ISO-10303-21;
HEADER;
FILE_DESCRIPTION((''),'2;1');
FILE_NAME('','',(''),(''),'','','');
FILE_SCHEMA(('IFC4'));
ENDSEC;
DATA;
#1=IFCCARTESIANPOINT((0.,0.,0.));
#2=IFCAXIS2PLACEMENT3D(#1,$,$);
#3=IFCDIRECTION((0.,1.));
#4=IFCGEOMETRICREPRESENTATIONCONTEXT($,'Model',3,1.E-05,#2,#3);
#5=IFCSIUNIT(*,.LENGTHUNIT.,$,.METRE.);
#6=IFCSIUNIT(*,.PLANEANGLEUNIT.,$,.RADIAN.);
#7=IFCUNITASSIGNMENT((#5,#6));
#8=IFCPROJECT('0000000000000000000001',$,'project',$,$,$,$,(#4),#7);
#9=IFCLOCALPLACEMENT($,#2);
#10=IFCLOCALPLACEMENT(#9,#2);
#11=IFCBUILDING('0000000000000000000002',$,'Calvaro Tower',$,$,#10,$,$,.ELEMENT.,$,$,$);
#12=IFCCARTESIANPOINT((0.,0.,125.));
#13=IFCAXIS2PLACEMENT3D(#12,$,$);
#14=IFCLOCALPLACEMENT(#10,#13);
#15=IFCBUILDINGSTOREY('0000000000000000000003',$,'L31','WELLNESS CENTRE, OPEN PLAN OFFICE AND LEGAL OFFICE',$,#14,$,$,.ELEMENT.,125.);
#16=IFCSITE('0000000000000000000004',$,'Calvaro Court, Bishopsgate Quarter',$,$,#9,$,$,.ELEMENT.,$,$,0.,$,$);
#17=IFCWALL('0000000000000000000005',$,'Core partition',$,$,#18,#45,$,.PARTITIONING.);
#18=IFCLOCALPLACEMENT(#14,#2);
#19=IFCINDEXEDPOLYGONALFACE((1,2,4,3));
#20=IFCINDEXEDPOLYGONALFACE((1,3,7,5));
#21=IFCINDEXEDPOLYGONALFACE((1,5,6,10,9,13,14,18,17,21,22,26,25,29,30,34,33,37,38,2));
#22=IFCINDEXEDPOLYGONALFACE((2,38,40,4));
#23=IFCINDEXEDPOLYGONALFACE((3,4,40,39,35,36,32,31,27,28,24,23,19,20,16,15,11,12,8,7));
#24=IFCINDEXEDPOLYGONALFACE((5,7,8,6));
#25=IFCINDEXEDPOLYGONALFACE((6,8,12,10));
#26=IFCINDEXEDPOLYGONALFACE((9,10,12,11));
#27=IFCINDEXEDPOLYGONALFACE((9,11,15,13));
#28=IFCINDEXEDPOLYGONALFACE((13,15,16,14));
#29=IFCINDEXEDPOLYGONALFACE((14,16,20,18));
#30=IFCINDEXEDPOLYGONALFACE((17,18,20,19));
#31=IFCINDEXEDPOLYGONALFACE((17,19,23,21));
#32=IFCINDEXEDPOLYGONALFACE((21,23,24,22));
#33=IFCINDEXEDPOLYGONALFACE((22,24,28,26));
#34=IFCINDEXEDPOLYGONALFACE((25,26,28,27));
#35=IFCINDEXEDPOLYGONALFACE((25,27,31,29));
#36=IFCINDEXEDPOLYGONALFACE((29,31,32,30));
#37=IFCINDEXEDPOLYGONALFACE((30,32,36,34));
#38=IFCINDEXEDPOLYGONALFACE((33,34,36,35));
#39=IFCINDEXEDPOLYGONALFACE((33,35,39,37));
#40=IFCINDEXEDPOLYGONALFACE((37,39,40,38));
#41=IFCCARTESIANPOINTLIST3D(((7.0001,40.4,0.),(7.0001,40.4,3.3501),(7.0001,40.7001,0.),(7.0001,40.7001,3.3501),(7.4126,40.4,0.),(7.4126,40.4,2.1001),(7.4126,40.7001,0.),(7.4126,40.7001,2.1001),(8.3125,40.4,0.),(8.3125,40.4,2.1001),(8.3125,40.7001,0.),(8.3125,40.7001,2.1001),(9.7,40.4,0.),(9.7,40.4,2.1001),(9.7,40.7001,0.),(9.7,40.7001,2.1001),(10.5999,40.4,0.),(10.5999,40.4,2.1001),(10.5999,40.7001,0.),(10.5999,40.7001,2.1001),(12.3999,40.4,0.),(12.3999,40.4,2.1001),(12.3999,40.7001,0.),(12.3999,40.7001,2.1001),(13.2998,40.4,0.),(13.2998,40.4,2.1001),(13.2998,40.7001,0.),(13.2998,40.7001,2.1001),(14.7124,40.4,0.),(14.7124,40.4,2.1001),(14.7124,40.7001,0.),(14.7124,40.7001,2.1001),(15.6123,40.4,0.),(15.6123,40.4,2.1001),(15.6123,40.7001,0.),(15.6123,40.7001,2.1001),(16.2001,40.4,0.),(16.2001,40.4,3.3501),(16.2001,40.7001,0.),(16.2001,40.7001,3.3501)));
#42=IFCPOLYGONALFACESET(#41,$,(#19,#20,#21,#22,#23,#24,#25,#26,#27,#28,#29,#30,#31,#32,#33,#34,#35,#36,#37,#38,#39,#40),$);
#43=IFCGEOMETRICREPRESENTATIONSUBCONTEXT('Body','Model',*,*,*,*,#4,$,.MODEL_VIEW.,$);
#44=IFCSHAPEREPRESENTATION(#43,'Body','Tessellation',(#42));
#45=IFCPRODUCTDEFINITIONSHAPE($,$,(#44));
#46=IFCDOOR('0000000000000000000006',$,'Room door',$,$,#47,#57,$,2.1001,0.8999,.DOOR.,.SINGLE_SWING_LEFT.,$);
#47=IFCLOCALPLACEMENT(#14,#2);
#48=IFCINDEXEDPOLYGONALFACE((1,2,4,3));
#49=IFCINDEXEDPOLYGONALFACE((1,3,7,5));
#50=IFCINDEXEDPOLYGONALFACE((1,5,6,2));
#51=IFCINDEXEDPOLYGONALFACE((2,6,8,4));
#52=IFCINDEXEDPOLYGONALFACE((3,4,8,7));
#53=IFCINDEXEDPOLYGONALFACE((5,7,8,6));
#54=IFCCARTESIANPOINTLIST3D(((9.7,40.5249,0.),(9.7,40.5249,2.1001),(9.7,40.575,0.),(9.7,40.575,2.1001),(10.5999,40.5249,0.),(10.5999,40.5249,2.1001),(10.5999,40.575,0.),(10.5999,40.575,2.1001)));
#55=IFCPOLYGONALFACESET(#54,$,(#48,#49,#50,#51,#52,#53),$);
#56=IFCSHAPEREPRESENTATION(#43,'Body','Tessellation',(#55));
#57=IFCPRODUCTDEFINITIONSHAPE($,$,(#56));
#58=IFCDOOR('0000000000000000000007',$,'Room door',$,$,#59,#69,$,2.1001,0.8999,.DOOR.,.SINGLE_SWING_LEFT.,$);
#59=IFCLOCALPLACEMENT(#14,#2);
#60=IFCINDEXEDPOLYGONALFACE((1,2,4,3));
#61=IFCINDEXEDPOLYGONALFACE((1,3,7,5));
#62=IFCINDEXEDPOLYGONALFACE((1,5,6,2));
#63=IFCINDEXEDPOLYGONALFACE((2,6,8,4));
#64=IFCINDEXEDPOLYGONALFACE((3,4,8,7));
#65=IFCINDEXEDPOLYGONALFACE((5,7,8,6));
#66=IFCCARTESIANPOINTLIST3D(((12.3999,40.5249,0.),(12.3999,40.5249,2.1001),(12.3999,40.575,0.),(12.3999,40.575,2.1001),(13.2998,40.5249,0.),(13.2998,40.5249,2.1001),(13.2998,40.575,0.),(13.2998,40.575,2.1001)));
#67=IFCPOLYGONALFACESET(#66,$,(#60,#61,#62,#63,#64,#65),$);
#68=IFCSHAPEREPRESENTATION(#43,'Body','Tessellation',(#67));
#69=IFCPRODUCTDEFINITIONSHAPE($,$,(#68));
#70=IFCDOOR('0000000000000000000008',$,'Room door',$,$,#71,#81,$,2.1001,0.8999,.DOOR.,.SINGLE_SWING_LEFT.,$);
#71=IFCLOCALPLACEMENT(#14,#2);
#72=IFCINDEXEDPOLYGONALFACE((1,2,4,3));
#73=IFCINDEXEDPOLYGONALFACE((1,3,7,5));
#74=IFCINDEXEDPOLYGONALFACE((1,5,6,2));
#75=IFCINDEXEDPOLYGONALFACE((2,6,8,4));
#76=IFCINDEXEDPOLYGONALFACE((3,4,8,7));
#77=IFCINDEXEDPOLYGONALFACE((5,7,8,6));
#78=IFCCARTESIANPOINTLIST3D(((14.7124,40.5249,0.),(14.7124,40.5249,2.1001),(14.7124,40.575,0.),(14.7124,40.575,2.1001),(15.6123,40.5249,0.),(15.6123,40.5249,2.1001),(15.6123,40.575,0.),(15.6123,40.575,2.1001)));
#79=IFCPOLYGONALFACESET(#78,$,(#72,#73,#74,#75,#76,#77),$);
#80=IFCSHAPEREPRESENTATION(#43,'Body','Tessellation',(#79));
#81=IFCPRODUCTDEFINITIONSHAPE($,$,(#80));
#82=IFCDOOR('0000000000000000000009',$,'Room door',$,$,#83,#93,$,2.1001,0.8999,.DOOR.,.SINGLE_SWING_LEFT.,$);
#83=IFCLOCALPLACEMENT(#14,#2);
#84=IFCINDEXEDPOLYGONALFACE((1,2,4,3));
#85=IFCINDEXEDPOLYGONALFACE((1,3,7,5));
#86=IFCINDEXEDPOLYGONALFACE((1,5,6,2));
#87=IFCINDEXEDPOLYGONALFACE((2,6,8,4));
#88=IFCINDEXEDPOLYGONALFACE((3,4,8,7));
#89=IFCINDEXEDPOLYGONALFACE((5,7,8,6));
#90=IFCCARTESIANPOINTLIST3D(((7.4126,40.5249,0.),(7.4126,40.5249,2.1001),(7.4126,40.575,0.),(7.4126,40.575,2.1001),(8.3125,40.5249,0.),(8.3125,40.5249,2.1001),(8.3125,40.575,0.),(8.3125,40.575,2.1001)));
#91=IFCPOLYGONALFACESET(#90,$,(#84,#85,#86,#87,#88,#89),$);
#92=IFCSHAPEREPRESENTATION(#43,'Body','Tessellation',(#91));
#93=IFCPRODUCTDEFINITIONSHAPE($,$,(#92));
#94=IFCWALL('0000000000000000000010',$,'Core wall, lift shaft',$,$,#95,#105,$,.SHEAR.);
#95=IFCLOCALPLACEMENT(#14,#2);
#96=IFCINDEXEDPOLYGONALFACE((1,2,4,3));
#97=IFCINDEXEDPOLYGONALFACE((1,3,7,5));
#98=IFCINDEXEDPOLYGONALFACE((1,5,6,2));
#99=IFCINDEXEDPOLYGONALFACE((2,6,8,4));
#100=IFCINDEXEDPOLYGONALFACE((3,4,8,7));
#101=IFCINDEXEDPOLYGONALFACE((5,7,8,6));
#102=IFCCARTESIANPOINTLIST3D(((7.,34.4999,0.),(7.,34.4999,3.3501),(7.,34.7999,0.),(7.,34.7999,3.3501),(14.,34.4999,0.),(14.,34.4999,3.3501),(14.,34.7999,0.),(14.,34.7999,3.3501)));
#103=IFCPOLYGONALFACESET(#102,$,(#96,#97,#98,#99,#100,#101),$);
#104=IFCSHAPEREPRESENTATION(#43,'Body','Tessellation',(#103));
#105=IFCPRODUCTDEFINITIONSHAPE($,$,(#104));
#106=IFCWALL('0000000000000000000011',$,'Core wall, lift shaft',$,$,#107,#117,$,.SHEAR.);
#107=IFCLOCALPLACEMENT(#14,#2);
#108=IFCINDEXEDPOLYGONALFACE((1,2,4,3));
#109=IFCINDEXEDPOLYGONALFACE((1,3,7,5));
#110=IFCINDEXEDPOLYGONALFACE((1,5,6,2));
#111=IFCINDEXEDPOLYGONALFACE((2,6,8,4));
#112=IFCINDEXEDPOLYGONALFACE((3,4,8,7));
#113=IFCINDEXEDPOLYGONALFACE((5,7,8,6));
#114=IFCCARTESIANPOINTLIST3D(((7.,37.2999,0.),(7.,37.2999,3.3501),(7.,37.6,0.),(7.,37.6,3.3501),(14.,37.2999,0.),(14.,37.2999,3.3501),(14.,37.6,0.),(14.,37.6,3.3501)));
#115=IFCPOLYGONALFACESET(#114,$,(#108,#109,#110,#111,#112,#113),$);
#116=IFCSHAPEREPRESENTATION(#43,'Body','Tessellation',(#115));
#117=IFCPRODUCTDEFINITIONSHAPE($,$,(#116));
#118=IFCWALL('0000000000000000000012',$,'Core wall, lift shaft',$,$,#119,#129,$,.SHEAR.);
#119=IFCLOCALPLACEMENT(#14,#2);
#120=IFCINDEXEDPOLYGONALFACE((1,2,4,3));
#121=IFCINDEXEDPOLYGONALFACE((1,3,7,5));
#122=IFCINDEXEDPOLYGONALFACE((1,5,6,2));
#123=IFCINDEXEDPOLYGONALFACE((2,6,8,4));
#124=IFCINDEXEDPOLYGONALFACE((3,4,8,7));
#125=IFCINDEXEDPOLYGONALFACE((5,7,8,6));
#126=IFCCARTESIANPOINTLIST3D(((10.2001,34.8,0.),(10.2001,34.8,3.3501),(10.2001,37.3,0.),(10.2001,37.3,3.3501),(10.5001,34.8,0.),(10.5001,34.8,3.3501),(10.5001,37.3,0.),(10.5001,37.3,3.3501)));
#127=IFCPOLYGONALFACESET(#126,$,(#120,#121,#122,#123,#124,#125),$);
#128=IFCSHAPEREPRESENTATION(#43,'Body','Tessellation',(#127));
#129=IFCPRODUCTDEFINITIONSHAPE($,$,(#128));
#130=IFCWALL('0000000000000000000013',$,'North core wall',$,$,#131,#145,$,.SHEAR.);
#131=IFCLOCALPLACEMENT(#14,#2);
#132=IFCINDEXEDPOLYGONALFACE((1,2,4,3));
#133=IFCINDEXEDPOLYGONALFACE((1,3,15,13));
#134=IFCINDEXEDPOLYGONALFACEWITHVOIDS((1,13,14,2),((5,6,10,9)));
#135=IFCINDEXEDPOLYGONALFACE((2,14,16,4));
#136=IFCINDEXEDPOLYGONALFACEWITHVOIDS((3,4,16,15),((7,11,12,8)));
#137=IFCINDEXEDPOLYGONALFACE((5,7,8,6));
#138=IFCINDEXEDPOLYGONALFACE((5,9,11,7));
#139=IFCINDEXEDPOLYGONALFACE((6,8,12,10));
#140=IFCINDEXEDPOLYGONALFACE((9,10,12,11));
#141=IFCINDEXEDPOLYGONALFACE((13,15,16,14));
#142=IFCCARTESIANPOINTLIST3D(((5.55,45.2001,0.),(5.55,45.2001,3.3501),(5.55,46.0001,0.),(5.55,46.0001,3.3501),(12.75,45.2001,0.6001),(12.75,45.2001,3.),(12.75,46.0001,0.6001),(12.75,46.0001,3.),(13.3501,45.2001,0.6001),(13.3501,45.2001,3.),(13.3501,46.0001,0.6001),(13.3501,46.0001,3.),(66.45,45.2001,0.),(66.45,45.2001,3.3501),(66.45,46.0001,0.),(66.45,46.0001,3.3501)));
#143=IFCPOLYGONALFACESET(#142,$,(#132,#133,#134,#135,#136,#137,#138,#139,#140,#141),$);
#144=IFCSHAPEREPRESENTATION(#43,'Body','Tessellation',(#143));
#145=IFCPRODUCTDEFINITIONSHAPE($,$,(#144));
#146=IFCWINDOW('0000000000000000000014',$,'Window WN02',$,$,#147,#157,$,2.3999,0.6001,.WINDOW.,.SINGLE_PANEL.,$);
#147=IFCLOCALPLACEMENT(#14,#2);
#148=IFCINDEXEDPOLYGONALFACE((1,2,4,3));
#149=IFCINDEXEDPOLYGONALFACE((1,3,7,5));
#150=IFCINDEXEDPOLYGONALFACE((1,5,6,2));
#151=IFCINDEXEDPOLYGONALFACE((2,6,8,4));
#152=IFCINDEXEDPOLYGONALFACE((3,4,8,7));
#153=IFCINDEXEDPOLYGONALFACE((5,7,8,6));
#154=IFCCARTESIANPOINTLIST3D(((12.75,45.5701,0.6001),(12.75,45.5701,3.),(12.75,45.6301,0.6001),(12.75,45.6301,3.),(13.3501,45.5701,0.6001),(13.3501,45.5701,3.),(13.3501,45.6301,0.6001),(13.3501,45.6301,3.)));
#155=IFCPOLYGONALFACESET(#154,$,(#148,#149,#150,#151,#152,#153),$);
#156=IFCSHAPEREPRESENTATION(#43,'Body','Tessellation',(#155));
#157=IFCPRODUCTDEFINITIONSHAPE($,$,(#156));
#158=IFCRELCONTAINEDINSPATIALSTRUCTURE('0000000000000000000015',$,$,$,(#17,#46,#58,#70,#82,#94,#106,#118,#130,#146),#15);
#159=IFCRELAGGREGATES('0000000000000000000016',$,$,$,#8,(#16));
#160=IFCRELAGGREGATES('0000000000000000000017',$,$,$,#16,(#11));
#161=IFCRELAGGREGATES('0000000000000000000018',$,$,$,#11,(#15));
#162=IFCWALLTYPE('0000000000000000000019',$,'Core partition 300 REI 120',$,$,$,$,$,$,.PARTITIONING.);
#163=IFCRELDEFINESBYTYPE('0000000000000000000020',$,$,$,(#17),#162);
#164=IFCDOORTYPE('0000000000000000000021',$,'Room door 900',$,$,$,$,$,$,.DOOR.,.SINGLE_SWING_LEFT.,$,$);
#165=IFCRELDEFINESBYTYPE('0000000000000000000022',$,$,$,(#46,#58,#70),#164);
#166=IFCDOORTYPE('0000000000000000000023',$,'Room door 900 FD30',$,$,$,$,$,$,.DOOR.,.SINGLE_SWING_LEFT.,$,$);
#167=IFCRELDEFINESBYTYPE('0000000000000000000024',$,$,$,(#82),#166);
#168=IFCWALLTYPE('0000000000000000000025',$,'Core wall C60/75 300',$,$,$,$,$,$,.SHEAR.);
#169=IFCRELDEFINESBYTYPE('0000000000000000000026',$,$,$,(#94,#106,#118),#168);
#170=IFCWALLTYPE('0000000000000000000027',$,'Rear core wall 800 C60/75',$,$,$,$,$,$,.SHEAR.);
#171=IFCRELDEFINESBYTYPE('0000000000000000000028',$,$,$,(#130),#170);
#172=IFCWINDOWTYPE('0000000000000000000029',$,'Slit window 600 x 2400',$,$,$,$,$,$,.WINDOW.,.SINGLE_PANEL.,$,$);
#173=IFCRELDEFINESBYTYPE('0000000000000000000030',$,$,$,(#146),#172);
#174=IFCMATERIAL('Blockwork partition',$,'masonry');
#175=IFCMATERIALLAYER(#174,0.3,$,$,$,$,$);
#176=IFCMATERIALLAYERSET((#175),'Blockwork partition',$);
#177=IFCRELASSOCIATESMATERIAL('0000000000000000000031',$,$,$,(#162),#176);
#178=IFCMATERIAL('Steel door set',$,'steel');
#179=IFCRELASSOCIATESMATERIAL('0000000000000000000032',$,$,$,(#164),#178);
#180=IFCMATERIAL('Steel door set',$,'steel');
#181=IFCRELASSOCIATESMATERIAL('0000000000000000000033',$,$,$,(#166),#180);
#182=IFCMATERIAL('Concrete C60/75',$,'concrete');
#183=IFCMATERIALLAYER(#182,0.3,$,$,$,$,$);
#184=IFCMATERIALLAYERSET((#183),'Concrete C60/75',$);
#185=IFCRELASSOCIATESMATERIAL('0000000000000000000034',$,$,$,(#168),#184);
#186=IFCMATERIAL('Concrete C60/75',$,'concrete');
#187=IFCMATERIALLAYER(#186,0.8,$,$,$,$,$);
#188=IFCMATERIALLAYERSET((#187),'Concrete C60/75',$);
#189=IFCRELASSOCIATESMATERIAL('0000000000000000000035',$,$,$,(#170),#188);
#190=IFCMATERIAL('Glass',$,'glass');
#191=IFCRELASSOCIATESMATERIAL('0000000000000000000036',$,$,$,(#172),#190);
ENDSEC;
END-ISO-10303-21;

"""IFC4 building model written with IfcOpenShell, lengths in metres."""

from ifc_helpers import new_model, si_unit, direction, frame, frame_2d, origin, place, context, subcontext, project, spatial, rectangle, extrude, material, layer, layer_set, type_object, element, fill, save


model = new_model("IFC4")

# Units and contexts
model_context = context("Model", 3, precision=1e-05, world=origin(), true_north=direction((0.0, 1.0)))
body_context = subcontext(model_context, "Body", "Model", "MODEL_VIEW")
ifc_project = project(units=[si_unit("LENGTHUNIT", "METRE"), si_unit("PLANEANGLEUNIT", "RADIAN")], contexts=[model_context])

# Site, building, storey
site_placement = place(None, origin())
site = spatial("IfcSite", under=ifc_project, at=site_placement, Name="Calvaro Court, Bishopsgate Quarter", CompositionType="ELEMENT", RefElevation=0.0)
building_placement = place(site_placement, origin())
building = spatial("IfcBuilding", under=site, at=building_placement, Name="Calvaro Tower", CompositionType="ELEMENT")
storey_placement = place(building_placement, frame((0.0, 0.0, 125.0)))
storey = spatial("IfcBuildingStorey", under=building, at=storey_placement, Name="L31", Description="WELLNESS CENTRE, OPEN PLAN OFFICE AND LEGAL OFFICE", CompositionType="ELEMENT", Elevation=125.0)

# Wall, openings, doors
ifc_material_1 = material(Name="Blockwork partition", Category="masonry")
ifc_layer_1 = layer(ifc_material_1, 0.3)
ifc_layer_set_1 = layer_set([ifc_layer_1], Name="Blockwork partition")
wall_type_1 = type_object("IfcWallType", Name="Core partition 300 REI 120", PredefinedType="PARTITIONING", material=ifc_layer_set_1)
wall_1_placement = place(storey_placement, frame((7.0, 40.55, 0.0), z_axis=(0.0, 0.0, 1.0), x_axis=(1.0, 0.0, 0.0)))
wall_1 = element("IfcWall", 1, at=wall_1_placement, inside=storey, type_object=wall_type_1, Name="Core partition", PredefinedType="PARTITIONING", context=body_context, shape_type="SweptSolid", body=[
    extrude(rectangle(XDim=9.2, YDim=0.3, at=frame_2d((4.6001, 0.0))), origin(), (0.0, 0.0, 1.0), 3.3501),
])
opening_1_placement = place(wall_1_placement, frame((0.4126, 0.0, 0.0)))
opening_1 = element("IfcOpeningElement", 2, at=opening_1_placement, cuts=wall_1, PredefinedType="OPENING", context=body_context, shape_type="SweptSolid", body=[
    extrude(rectangle(XDim=0.8999, YDim=2.1001, at=frame_2d((0.45, 1.05))), frame((0.0, 0.1599, 0.0), z_axis=(0.0, -1.0, 0.0), x_axis=(1.0, 0.0, 0.0)), (0.0, 0.0, 1.0), 0.3201),
])
opening_2_placement = place(wall_1_placement, frame((2.7, 0.0, 0.0)))
opening_2 = element("IfcOpeningElement", 3, at=opening_2_placement, cuts=wall_1, PredefinedType="OPENING", context=body_context, shape_type="SweptSolid", body=[
    extrude(rectangle(XDim=0.8999, YDim=2.1001, at=frame_2d((0.45, 1.05))), frame((0.0, 0.1599, 0.0), z_axis=(0.0, -1.0, 0.0), x_axis=(1.0, 0.0, 0.0)), (0.0, 0.0, 1.0), 0.3201),
])
opening_3_placement = place(wall_1_placement, frame((5.3999, 0.0, 0.0)))
opening_3 = element("IfcOpeningElement", 4, at=opening_3_placement, cuts=wall_1, PredefinedType="OPENING", context=body_context, shape_type="SweptSolid", body=[
    extrude(rectangle(XDim=0.8999, YDim=2.1001, at=frame_2d((0.45, 1.05))), frame((0.0, 0.1599, 0.0), z_axis=(0.0, -1.0, 0.0), x_axis=(1.0, 0.0, 0.0)), (0.0, 0.0, 1.0), 0.3201),
])
opening_4_placement = place(wall_1_placement, frame((7.7124, 0.0, 0.0)))
opening_4 = element("IfcOpeningElement", 5, at=opening_4_placement, cuts=wall_1, PredefinedType="OPENING", context=body_context, shape_type="SweptSolid", body=[
    extrude(rectangle(XDim=0.8999, YDim=2.1001, at=frame_2d((0.45, 1.05))), frame((0.0, 0.1599, 0.0), z_axis=(0.0, -1.0, 0.0), x_axis=(1.0, 0.0, 0.0)), (0.0, 0.0, 1.0), 0.3201),
])
ifc_material_2 = material(Name="Steel door set", Category="steel")
door_type_1 = type_object("IfcDoorType", Name="Room door 900", OperationType="SINGLE_SWING_LEFT", PredefinedType="DOOR", material=ifc_material_2)
door_1_placement = place(opening_2_placement, origin())
door_1 = element("IfcDoor", 6, at=door_1_placement, inside=storey, type_object=door_type_1, Name="Room door", OperationType="SINGLE_SWING_LEFT", OverallHeight=2.1001, OverallWidth=0.8999, PredefinedType="DOOR", context=body_context, shape_type="SweptSolid", body=[
    extrude(rectangle(XDim=0.8999, YDim=2.1001, at=frame_2d((0.45, 1.05))), frame((0.0, 0.0249, 0.0), z_axis=(0.0, -1.0, 0.0), x_axis=(1.0, 0.0, 0.0)), (0.0, 0.0, 1.0), 0.05),
])
fill(opening_2, door_1)
door_2_placement = place(opening_3_placement, origin())
door_2 = element("IfcDoor", 7, at=door_2_placement, inside=storey, type_object=door_type_1, Name="Room door", OperationType="SINGLE_SWING_LEFT", OverallHeight=2.1001, OverallWidth=0.8999, PredefinedType="DOOR", context=body_context, shape_type="SweptSolid", body=[
    extrude(rectangle(XDim=0.8999, YDim=2.1001, at=frame_2d((0.45, 1.05))), frame((0.0, 0.0249, 0.0), z_axis=(0.0, -1.0, 0.0), x_axis=(1.0, 0.0, 0.0)), (0.0, 0.0, 1.0), 0.05),
])
fill(opening_3, door_2)
door_3_placement = place(opening_4_placement, origin())
door_3 = element("IfcDoor", 8, at=door_3_placement, inside=storey, type_object=door_type_1, Name="Room door", OperationType="SINGLE_SWING_LEFT", OverallHeight=2.1001, OverallWidth=0.8999, PredefinedType="DOOR", context=body_context, shape_type="SweptSolid", body=[
    extrude(rectangle(XDim=0.8999, YDim=2.1001, at=frame_2d((0.45, 1.05))), frame((0.0, 0.0249, 0.0), z_axis=(0.0, -1.0, 0.0), x_axis=(1.0, 0.0, 0.0)), (0.0, 0.0, 1.0), 0.05),
])
fill(opening_4, door_3)
ifc_material_3 = material(Name="Steel door set", Category="steel")
door_type_2 = type_object("IfcDoorType", Name="Room door 900 FD30", OperationType="SINGLE_SWING_LEFT", PredefinedType="DOOR", material=ifc_material_3)
door_4_placement = place(opening_1_placement, origin())
door_4 = element("IfcDoor", 9, at=door_4_placement, inside=storey, type_object=door_type_2, Name="Room door", OperationType="SINGLE_SWING_LEFT", OverallHeight=2.1001, OverallWidth=0.8999, PredefinedType="DOOR", context=body_context, shape_type="SweptSolid", body=[
    extrude(rectangle(XDim=0.8999, YDim=2.1001, at=frame_2d((0.45, 1.05))), frame((0.0, 0.0249, 0.0), z_axis=(0.0, -1.0, 0.0), x_axis=(1.0, 0.0, 0.0)), (0.0, 0.0, 1.0), 0.05),
])
fill(opening_1, door_4)

# Walls
ifc_material_4 = material(Name="Concrete C60/75", Category="concrete")
ifc_layer_2 = layer(ifc_material_4, 0.3)
ifc_layer_set_2 = layer_set([ifc_layer_2], Name="Concrete C60/75")
wall_type_2 = type_object("IfcWallType", Name="Core wall C60/75 300", PredefinedType="SHEAR", material=ifc_layer_set_2)
for number, where, z_axis, x_axis, name in (
    (10, (7.0, 34.6499, 0.0), (0.0, 0.0, 1.0), (1.0, 0.0, 0.0), "Core wall, lift shaft"),
    (11, (7.0, 37.45, 0.0), (0.0, 0.0, 1.0), (1.0, 0.0, 0.0), "Core wall, lift shaft"),
):
    element("IfcWall", number, at=place(storey_placement, frame(where, z_axis=z_axis, x_axis=x_axis)), inside=storey, type_object=wall_type_2, Name=name, PredefinedType="SHEAR", context=body_context, shape_type="SweptSolid", body=[
        extrude(rectangle(XDim=7.0, YDim=0.3, at=frame_2d((3.5, 0.0))), origin(), (0.0, 0.0, 1.0), 3.3501),
    ])
wall_2_placement = place(storey_placement, frame((10.3501, 34.8, 0.0), z_axis=(0.0, 0.0, 1.0), x_axis=(0.0, 1.0, 0.0)))
element("IfcWall", 12, at=wall_2_placement, inside=storey, type_object=wall_type_2, Name="Core wall, lift shaft", PredefinedType="SHEAR", context=body_context, shape_type="SweptSolid", body=[
    extrude(rectangle(XDim=2.5, YDim=0.3, at=frame_2d((1.25, 0.0))), origin(), (0.0, 0.0, 1.0), 3.3501),
])

# Wall, opening, window
ifc_material_5 = material(Name="Concrete C60/75", Category="concrete")
ifc_layer_3 = layer(ifc_material_5, 0.8)
ifc_layer_set_3 = layer_set([ifc_layer_3], Name="Concrete C60/75")
wall_type_3 = type_object("IfcWallType", Name="Rear core wall 800 C60/75", PredefinedType="SHEAR", material=ifc_layer_set_3)
wall_3_placement = place(storey_placement, frame((5.55, 45.6001, 0.0), z_axis=(0.0, 0.0, 1.0), x_axis=(1.0, 0.0, 0.0)))
wall_3 = element("IfcWall", 13, at=wall_3_placement, inside=storey, type_object=wall_type_3, Name="North core wall", PredefinedType="SHEAR", context=body_context, shape_type="SweptSolid", body=[
    extrude(rectangle(XDim=60.8999, YDim=0.8, at=frame_2d((30.45, 0.0))), origin(), (0.0, 0.0, 1.0), 3.3501),
])
opening_5_placement = place(wall_3_placement, frame((7.2, 0.0, 0.6001)))
opening_5 = element("IfcOpeningElement", 14, at=opening_5_placement, cuts=wall_3, PredefinedType="OPENING", context=body_context, shape_type="SweptSolid", body=[
    extrude(rectangle(XDim=0.6001, YDim=2.3999, at=frame_2d((0.3, 1.2))), frame((0.0, 0.4099, 0.0), z_axis=(0.0, -1.0, 0.0), x_axis=(1.0, 0.0, 0.0)), (0.0, 0.0, 1.0), 0.8201),
])
ifc_material_6 = material(Name="Glass", Category="glass")
window_type = type_object("IfcWindowType", Name="Slit window 600 x 2400", PartitioningType="SINGLE_PANEL", PredefinedType="WINDOW", material=ifc_material_6)
window_placement = place(opening_5_placement, origin())
window = element("IfcWindow", 15, at=window_placement, inside=storey, type_object=window_type, Name="Window WN02", OverallHeight=2.3999, OverallWidth=0.6001, PartitioningType="SINGLE_PANEL", PredefinedType="WINDOW", context=body_context, shape_type="SweptSolid", body=[
    extrude(rectangle(XDim=0.6001, YDim=2.3999, at=frame_2d((0.3, 1.2))), frame((0.0, 0.03, 0.0), z_axis=(0.0, -1.0, 0.0), x_axis=(1.0, 0.0, 0.0)), (0.0, 0.0, 1.0), 0.0601),
])
fill(opening_5, window)

save(model, "model.ifc")
